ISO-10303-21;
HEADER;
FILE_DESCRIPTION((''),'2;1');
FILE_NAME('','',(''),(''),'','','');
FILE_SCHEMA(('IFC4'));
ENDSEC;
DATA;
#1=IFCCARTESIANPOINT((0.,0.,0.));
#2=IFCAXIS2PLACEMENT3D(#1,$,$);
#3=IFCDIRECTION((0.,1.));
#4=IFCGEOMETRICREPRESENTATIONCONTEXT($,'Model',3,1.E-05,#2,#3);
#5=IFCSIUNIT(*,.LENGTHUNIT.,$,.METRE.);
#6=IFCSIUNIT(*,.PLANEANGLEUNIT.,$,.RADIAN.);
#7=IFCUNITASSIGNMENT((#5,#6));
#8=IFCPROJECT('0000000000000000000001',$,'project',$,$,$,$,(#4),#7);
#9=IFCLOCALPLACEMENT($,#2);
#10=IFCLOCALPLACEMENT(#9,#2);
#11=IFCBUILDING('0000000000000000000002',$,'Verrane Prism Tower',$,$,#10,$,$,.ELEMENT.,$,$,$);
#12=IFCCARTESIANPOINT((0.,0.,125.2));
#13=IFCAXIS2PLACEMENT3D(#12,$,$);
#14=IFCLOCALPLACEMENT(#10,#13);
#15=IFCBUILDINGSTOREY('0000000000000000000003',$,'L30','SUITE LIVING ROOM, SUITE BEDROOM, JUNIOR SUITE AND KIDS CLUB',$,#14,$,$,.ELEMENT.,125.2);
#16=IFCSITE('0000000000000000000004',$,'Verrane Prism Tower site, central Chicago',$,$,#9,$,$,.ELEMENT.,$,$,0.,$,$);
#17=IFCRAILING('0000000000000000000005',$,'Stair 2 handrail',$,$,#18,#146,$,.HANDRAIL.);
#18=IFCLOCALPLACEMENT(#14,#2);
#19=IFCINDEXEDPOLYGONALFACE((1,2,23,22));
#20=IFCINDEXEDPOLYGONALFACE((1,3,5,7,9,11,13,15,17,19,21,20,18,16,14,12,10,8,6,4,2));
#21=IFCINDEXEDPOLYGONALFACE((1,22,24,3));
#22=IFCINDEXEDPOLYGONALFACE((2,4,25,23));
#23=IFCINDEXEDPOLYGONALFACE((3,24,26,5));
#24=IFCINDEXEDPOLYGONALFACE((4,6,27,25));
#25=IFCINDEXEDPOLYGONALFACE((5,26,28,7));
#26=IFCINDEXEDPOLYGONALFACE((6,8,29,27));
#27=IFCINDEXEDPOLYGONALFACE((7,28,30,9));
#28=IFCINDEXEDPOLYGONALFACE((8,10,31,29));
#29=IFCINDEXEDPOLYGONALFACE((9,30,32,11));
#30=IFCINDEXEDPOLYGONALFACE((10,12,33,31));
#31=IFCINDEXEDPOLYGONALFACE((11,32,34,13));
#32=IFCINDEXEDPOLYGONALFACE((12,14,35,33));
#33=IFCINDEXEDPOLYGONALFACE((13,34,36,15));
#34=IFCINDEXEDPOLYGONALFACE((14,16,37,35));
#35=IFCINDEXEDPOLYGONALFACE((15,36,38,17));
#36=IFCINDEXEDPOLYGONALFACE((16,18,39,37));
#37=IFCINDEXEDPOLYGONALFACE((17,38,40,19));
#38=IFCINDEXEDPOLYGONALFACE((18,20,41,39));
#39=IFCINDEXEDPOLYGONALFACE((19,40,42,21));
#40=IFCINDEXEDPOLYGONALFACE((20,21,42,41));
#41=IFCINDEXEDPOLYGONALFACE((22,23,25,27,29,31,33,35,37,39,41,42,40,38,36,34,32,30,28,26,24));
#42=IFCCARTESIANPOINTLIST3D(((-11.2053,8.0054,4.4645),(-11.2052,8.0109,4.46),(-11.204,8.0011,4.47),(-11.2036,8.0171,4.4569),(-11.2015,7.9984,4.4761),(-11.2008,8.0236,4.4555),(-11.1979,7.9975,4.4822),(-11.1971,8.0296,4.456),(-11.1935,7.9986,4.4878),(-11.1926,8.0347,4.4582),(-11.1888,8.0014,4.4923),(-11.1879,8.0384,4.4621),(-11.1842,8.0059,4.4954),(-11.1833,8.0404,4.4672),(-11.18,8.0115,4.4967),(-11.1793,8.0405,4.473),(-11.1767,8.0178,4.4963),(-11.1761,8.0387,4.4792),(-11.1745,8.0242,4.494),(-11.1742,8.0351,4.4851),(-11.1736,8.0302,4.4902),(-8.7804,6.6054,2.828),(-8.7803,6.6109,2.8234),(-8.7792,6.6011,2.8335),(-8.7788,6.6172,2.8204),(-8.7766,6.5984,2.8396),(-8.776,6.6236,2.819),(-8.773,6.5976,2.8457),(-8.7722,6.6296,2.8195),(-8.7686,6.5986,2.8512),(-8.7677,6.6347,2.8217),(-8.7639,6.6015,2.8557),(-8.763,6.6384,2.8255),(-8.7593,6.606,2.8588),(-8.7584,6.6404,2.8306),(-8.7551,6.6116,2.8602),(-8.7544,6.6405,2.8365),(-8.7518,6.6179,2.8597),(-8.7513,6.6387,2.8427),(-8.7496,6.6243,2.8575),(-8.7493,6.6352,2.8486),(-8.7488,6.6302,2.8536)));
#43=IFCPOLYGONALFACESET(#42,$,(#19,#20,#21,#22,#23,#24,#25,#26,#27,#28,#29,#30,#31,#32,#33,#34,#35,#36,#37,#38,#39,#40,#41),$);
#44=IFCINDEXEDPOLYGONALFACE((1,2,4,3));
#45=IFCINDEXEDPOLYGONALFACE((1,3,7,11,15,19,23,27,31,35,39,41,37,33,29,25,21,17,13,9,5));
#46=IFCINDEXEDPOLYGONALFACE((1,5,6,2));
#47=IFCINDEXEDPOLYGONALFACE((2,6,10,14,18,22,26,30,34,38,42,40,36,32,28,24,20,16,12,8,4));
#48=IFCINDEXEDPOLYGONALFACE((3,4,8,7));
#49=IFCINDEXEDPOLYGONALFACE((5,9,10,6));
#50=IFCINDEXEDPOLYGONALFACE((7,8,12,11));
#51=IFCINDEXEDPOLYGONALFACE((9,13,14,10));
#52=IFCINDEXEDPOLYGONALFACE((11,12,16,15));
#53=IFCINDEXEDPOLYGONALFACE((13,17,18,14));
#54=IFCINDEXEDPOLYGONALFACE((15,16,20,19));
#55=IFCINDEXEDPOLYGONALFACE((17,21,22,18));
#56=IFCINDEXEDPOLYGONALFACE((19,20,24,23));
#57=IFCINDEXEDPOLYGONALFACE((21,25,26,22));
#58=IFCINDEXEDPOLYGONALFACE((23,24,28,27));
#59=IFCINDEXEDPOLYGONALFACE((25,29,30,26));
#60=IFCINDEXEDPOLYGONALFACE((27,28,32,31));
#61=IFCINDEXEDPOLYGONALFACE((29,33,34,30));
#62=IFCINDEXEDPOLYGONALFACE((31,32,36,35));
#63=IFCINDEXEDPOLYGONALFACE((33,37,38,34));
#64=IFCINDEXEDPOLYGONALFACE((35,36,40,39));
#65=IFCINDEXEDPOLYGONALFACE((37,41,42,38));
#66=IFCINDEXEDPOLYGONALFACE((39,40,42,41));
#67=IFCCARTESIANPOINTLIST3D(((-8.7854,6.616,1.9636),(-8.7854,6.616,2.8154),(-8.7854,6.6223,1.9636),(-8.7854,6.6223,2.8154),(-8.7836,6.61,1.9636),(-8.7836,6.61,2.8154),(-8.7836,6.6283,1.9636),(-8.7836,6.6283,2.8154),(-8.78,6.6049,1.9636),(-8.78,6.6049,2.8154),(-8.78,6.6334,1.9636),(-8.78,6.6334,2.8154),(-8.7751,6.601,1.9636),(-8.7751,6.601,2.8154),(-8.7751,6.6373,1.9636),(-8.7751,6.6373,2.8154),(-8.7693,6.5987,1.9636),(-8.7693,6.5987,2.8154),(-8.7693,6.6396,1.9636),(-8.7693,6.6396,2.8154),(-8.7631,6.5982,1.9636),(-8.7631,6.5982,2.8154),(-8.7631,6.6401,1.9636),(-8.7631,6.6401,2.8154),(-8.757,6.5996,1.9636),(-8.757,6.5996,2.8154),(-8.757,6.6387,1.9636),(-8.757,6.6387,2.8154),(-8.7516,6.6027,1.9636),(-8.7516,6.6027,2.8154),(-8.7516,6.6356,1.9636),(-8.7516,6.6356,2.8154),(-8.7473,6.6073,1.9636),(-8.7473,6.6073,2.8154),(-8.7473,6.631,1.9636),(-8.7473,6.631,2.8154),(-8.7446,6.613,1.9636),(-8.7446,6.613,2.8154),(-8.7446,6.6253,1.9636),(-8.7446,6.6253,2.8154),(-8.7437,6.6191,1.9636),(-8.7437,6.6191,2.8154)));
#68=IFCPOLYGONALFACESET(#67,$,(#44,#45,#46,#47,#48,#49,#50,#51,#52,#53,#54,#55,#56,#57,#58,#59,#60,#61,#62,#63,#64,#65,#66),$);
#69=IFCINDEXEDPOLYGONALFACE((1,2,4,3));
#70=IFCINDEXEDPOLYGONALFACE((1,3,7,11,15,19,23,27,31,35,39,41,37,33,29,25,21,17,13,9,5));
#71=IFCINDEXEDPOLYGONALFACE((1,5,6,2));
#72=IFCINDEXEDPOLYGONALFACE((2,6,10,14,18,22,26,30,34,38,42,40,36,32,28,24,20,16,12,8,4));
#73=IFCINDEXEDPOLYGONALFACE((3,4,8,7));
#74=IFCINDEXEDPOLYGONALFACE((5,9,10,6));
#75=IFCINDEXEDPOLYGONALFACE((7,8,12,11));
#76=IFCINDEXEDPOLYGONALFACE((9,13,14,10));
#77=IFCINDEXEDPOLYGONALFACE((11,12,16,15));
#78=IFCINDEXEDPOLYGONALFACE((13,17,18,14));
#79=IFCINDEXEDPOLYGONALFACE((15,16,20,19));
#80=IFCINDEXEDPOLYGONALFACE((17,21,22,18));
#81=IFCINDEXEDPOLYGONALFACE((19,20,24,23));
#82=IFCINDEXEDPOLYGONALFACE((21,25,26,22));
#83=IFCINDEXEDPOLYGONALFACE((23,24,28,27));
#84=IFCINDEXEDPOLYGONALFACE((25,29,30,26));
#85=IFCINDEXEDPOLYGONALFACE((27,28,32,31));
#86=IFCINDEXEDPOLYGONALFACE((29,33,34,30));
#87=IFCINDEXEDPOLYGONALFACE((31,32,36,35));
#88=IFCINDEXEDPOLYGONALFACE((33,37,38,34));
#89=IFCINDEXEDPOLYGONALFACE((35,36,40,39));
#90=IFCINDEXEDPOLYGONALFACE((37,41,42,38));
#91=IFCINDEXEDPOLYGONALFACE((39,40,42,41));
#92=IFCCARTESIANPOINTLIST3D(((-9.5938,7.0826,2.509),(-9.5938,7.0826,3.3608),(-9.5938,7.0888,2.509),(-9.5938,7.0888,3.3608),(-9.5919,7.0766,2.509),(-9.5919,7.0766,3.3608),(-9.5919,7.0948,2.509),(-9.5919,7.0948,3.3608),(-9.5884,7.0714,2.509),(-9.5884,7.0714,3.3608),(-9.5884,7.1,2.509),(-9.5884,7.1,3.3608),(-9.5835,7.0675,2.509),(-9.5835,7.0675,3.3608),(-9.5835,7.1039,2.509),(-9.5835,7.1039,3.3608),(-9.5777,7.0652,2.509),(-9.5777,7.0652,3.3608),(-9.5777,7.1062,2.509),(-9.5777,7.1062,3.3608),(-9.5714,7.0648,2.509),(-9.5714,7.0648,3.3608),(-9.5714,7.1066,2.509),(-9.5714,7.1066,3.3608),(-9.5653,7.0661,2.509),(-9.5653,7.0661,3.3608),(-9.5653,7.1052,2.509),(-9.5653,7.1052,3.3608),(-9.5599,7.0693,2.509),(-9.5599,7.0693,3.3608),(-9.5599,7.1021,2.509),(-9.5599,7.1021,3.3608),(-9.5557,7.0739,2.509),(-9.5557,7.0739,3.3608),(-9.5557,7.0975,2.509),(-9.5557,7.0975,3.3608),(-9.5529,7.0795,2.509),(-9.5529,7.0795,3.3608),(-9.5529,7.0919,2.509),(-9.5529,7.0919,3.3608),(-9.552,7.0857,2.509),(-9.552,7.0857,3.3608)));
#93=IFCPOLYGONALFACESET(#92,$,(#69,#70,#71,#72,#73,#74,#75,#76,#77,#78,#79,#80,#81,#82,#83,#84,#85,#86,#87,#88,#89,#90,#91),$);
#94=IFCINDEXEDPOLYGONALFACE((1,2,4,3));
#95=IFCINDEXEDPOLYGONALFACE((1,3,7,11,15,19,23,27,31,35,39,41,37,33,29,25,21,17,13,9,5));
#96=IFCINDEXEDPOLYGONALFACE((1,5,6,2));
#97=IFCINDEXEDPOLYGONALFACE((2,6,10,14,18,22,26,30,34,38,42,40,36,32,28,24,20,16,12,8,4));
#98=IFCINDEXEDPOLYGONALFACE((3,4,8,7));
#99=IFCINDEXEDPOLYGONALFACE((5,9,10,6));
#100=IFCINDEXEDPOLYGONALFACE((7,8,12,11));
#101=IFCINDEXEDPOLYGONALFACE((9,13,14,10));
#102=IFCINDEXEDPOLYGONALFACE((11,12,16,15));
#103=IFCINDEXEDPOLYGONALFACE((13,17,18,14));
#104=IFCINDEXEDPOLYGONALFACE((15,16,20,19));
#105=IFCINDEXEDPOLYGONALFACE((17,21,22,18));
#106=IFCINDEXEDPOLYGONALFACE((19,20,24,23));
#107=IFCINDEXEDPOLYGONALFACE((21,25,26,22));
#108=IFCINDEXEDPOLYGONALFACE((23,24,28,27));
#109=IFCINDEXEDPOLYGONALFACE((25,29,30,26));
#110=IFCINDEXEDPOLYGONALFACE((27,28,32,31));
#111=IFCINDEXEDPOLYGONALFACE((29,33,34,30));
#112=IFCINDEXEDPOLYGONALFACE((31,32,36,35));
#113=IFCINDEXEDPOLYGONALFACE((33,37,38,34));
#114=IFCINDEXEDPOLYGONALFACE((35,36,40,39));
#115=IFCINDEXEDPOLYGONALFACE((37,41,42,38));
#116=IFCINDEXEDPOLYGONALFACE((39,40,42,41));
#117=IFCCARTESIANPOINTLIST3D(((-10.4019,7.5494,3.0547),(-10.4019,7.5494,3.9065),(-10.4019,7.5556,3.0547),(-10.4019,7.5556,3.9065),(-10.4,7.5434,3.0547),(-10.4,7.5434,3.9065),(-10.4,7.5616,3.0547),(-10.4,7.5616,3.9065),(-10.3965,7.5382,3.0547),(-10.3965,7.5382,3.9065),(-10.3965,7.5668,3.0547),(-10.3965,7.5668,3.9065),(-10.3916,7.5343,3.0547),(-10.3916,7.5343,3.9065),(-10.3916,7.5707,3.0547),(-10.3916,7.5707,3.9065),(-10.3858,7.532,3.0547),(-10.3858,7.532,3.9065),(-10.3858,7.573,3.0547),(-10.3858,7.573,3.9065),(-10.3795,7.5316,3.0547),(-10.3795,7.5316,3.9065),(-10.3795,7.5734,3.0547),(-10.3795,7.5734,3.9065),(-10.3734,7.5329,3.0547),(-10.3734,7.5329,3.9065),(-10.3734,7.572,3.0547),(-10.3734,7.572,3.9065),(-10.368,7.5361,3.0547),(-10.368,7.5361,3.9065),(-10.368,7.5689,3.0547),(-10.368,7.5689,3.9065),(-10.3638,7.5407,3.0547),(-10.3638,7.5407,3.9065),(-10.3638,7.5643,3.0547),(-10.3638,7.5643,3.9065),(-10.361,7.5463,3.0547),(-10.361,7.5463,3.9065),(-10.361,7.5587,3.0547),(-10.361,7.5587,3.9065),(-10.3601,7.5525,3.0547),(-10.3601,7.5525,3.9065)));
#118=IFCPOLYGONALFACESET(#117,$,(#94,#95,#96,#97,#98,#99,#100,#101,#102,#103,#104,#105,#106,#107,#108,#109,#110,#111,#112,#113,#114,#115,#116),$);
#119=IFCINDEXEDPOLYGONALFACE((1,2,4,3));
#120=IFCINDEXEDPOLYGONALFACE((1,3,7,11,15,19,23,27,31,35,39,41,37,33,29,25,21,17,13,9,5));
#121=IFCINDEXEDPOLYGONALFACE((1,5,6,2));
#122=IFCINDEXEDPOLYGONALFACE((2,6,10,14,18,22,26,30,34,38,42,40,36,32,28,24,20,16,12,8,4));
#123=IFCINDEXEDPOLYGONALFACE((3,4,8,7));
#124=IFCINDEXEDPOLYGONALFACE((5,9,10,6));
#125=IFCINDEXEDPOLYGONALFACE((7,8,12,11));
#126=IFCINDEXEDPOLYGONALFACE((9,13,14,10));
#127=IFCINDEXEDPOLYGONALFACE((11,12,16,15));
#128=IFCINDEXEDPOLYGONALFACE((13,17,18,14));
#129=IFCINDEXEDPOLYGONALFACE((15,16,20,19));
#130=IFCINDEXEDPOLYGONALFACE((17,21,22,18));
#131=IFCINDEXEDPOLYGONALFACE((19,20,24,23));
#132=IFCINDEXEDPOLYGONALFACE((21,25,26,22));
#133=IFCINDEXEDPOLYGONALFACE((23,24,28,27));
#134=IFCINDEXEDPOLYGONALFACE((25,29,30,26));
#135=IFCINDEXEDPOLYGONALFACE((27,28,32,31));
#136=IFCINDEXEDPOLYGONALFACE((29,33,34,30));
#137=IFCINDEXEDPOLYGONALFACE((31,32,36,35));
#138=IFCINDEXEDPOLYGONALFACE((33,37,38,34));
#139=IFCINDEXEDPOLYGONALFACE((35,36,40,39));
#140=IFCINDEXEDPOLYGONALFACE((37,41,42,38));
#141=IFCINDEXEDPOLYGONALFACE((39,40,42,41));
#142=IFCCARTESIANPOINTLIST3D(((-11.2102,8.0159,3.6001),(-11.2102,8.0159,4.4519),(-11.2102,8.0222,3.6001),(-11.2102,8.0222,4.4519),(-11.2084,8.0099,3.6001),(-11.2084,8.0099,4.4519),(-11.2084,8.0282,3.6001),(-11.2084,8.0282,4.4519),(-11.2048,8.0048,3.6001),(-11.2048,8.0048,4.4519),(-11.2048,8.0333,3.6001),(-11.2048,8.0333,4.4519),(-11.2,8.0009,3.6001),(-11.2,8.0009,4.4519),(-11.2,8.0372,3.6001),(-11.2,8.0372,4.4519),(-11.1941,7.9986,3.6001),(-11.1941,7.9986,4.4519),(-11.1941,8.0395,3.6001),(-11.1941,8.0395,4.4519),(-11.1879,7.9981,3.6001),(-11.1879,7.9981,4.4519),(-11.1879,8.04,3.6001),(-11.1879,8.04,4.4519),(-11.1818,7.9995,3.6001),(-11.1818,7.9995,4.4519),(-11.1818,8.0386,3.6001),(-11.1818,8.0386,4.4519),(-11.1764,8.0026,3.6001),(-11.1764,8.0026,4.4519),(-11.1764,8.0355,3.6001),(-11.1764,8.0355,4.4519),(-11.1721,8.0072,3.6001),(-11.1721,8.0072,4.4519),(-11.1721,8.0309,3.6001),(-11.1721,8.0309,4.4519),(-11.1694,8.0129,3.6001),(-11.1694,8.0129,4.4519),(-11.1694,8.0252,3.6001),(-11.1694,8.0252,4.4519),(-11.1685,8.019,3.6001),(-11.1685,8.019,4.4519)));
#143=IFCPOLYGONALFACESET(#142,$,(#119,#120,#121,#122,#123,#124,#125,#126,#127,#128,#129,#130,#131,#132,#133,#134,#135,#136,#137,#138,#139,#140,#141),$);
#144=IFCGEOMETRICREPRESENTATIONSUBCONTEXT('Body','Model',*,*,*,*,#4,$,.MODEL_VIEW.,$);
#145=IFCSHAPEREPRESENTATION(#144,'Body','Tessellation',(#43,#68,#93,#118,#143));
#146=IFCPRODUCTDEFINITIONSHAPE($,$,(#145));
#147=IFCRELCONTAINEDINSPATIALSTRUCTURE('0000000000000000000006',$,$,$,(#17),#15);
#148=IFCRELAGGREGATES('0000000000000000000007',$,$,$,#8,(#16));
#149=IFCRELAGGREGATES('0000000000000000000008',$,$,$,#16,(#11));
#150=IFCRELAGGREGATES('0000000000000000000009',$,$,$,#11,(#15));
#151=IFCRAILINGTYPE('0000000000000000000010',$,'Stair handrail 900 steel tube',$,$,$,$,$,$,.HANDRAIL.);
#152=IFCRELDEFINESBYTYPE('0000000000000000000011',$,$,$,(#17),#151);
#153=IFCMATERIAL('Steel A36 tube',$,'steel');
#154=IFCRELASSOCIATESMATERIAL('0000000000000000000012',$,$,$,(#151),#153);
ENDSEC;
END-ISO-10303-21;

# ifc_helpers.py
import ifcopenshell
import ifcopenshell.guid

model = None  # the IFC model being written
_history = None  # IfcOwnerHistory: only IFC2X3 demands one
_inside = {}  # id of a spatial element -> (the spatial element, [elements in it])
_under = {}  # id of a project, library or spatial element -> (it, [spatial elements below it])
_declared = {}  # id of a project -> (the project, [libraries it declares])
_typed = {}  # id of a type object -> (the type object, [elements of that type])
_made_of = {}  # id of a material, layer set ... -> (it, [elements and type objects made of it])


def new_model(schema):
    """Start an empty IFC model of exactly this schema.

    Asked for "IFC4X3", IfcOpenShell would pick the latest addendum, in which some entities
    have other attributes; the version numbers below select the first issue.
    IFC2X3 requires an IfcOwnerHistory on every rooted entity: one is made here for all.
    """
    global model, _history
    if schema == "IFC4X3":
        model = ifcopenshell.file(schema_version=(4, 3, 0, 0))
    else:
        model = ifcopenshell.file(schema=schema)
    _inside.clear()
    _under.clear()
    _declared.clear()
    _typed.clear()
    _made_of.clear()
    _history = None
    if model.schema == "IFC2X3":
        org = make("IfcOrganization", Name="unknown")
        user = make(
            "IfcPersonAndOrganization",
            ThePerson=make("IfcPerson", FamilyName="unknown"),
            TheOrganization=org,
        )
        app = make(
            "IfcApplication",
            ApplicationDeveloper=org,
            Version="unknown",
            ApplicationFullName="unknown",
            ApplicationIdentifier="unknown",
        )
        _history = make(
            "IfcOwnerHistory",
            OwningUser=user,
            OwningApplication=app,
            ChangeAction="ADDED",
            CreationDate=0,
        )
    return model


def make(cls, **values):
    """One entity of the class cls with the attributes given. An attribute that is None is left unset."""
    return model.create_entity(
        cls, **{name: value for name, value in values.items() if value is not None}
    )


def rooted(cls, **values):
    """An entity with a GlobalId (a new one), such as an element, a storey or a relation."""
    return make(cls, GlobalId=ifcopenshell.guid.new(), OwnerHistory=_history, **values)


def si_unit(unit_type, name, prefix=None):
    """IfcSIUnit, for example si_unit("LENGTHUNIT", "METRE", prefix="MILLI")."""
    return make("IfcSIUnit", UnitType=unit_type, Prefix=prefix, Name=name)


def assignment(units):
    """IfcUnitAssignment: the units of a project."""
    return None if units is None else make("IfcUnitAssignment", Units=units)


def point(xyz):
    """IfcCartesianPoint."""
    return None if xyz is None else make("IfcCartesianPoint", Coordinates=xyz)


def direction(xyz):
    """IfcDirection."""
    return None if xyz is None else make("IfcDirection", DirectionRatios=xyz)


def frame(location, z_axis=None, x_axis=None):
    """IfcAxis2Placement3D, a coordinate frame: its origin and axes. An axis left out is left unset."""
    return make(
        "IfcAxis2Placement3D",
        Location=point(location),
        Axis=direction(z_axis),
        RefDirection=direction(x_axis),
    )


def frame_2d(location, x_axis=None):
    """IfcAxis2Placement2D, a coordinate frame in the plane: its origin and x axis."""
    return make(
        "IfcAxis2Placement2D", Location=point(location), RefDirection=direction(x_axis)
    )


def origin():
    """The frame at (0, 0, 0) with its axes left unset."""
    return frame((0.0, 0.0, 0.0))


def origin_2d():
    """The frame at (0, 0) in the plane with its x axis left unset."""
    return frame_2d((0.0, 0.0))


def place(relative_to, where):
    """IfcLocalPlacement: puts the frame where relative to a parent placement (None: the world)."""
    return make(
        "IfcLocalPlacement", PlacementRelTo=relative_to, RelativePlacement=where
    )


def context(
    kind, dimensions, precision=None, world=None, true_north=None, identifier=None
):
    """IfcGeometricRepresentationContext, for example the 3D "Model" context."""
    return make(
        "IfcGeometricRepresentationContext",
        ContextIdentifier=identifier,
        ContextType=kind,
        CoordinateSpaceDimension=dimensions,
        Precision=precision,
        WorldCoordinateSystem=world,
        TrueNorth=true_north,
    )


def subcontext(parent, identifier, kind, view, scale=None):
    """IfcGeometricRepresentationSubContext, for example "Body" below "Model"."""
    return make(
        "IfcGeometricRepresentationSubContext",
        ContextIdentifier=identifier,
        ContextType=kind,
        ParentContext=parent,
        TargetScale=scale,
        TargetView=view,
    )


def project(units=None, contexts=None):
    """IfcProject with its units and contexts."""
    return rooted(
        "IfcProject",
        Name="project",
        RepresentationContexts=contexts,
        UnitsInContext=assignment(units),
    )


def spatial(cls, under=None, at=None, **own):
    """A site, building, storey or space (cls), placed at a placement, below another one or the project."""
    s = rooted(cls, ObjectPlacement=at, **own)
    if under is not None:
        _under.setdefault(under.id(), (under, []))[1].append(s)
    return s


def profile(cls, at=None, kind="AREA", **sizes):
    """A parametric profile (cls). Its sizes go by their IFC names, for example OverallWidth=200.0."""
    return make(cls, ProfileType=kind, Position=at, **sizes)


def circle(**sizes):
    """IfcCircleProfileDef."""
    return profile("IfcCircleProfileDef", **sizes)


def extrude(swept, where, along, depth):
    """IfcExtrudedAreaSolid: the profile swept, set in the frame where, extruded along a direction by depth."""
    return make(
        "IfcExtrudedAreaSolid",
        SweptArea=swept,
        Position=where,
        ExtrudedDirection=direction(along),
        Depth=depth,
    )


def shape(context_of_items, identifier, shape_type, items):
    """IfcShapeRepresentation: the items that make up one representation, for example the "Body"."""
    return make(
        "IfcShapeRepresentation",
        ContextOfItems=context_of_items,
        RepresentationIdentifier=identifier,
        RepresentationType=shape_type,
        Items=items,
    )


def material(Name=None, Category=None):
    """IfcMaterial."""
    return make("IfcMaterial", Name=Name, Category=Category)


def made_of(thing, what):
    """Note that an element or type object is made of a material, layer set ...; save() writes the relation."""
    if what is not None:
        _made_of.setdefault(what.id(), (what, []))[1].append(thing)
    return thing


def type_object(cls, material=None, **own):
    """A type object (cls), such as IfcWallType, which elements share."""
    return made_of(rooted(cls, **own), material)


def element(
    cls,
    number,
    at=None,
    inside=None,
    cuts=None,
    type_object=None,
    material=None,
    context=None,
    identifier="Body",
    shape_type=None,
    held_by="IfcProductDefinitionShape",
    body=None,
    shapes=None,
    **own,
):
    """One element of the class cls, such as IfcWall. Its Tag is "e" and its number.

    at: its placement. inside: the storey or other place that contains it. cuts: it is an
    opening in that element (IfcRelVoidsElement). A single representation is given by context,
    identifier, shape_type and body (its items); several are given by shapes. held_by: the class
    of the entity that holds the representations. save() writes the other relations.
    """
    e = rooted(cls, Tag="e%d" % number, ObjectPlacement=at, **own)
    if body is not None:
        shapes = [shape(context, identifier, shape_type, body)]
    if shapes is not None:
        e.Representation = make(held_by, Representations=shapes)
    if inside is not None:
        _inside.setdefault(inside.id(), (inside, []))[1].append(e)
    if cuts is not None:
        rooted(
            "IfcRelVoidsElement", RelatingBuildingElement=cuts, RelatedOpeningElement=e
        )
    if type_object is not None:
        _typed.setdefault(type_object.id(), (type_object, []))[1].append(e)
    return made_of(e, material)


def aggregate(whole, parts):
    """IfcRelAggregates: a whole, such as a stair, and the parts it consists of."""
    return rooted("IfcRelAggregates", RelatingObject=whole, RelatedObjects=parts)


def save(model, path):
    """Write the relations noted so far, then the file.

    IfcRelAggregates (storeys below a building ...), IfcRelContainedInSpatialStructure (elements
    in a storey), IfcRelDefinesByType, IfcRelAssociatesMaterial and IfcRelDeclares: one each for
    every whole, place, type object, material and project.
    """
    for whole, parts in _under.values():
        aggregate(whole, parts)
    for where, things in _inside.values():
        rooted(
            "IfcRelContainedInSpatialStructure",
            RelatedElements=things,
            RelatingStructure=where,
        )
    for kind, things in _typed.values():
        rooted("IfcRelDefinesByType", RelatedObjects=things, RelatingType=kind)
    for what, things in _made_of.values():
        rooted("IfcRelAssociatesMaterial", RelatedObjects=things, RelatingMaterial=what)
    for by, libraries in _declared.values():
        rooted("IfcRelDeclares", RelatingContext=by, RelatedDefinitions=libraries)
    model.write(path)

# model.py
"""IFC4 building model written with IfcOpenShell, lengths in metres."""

from ifc_helpers import new_model, si_unit, direction, frame, origin, origin_2d, place, context, subcontext, project, spatial, circle, extrude, material, type_object, element, save


model = new_model("IFC4")

# Units and contexts
model_context = context("Model", 3, precision=1e-05, world=origin(), true_north=direction((0.0, 1.0)))
body_context = subcontext(model_context, "Body", "Model", "MODEL_VIEW")
ifc_project = project(units=[si_unit("LENGTHUNIT", "METRE"), si_unit("PLANEANGLEUNIT", "RADIAN")], contexts=[model_context])

# Site, building, storey
site_placement = place(None, origin())
site = spatial("IfcSite", under=ifc_project, at=site_placement, Name="Verrane Prism Tower site, central Chicago", CompositionType="ELEMENT", RefElevation=0.0)
building_placement = place(site_placement, origin())
building = spatial("IfcBuilding", under=site, at=building_placement, Name="Verrane Prism Tower", CompositionType="ELEMENT")
storey_placement = place(building_placement, frame((0.0, 0.0, 125.2)))
storey = spatial("IfcBuildingStorey", under=building, at=storey_placement, Name="L30", Description="SUITE LIVING ROOM, SUITE BEDROOM, JUNIOR SUITE AND KIDS CLUB", CompositionType="ELEMENT", Elevation=125.2)

# Railing
ifc_material_1 = material(Name="Steel A36 tube", Category="steel")
railing_type_1 = type_object("IfcRailingType", Name="Stair handrail 900 steel tube", PredefinedType="HANDRAIL", material=ifc_material_1)
railing_1_placement = place(storey_placement, frame((-8.7646, 6.6191, 1.9636)))
element("IfcRailing", 1, at=railing_1_placement, inside=storey, type_object=railing_type_1, Name="Stair 2 handrail", PredefinedType="HANDRAIL", context=body_context, shape_type="SweptSolid", body=[
    extrude(circle(Radius=0.0239, at=origin_2d()), frame((0.0, 0.0, 0.876), z_axis=(-0.74769, 0.431661, 0.504608), x_axis=(-0.499984, -0.866035, 0.0)), (0.0, 0.0, 1.0), 3.2432),
    extrude(circle(Radius=0.021, at=origin_2d()), origin(), (0.0, 0.0, 1.0), 0.8518),
    extrude(circle(Radius=0.021, at=origin_2d()), frame((-0.8083, 0.4666, 0.5454)), (0.0, 0.0, 1.0), 0.8518),
    extrude(circle(Radius=0.021, at=origin_2d()), frame((-1.6165, 0.9333, 1.0911)), (0.0, 0.0, 1.0), 0.8518),
    extrude(circle(Radius=0.021, at=origin_2d()), frame((-2.4248, 1.3999, 1.6365)), (0.0, 0.0, 1.0), 0.8518),
])

save(model, "model.ifc")
